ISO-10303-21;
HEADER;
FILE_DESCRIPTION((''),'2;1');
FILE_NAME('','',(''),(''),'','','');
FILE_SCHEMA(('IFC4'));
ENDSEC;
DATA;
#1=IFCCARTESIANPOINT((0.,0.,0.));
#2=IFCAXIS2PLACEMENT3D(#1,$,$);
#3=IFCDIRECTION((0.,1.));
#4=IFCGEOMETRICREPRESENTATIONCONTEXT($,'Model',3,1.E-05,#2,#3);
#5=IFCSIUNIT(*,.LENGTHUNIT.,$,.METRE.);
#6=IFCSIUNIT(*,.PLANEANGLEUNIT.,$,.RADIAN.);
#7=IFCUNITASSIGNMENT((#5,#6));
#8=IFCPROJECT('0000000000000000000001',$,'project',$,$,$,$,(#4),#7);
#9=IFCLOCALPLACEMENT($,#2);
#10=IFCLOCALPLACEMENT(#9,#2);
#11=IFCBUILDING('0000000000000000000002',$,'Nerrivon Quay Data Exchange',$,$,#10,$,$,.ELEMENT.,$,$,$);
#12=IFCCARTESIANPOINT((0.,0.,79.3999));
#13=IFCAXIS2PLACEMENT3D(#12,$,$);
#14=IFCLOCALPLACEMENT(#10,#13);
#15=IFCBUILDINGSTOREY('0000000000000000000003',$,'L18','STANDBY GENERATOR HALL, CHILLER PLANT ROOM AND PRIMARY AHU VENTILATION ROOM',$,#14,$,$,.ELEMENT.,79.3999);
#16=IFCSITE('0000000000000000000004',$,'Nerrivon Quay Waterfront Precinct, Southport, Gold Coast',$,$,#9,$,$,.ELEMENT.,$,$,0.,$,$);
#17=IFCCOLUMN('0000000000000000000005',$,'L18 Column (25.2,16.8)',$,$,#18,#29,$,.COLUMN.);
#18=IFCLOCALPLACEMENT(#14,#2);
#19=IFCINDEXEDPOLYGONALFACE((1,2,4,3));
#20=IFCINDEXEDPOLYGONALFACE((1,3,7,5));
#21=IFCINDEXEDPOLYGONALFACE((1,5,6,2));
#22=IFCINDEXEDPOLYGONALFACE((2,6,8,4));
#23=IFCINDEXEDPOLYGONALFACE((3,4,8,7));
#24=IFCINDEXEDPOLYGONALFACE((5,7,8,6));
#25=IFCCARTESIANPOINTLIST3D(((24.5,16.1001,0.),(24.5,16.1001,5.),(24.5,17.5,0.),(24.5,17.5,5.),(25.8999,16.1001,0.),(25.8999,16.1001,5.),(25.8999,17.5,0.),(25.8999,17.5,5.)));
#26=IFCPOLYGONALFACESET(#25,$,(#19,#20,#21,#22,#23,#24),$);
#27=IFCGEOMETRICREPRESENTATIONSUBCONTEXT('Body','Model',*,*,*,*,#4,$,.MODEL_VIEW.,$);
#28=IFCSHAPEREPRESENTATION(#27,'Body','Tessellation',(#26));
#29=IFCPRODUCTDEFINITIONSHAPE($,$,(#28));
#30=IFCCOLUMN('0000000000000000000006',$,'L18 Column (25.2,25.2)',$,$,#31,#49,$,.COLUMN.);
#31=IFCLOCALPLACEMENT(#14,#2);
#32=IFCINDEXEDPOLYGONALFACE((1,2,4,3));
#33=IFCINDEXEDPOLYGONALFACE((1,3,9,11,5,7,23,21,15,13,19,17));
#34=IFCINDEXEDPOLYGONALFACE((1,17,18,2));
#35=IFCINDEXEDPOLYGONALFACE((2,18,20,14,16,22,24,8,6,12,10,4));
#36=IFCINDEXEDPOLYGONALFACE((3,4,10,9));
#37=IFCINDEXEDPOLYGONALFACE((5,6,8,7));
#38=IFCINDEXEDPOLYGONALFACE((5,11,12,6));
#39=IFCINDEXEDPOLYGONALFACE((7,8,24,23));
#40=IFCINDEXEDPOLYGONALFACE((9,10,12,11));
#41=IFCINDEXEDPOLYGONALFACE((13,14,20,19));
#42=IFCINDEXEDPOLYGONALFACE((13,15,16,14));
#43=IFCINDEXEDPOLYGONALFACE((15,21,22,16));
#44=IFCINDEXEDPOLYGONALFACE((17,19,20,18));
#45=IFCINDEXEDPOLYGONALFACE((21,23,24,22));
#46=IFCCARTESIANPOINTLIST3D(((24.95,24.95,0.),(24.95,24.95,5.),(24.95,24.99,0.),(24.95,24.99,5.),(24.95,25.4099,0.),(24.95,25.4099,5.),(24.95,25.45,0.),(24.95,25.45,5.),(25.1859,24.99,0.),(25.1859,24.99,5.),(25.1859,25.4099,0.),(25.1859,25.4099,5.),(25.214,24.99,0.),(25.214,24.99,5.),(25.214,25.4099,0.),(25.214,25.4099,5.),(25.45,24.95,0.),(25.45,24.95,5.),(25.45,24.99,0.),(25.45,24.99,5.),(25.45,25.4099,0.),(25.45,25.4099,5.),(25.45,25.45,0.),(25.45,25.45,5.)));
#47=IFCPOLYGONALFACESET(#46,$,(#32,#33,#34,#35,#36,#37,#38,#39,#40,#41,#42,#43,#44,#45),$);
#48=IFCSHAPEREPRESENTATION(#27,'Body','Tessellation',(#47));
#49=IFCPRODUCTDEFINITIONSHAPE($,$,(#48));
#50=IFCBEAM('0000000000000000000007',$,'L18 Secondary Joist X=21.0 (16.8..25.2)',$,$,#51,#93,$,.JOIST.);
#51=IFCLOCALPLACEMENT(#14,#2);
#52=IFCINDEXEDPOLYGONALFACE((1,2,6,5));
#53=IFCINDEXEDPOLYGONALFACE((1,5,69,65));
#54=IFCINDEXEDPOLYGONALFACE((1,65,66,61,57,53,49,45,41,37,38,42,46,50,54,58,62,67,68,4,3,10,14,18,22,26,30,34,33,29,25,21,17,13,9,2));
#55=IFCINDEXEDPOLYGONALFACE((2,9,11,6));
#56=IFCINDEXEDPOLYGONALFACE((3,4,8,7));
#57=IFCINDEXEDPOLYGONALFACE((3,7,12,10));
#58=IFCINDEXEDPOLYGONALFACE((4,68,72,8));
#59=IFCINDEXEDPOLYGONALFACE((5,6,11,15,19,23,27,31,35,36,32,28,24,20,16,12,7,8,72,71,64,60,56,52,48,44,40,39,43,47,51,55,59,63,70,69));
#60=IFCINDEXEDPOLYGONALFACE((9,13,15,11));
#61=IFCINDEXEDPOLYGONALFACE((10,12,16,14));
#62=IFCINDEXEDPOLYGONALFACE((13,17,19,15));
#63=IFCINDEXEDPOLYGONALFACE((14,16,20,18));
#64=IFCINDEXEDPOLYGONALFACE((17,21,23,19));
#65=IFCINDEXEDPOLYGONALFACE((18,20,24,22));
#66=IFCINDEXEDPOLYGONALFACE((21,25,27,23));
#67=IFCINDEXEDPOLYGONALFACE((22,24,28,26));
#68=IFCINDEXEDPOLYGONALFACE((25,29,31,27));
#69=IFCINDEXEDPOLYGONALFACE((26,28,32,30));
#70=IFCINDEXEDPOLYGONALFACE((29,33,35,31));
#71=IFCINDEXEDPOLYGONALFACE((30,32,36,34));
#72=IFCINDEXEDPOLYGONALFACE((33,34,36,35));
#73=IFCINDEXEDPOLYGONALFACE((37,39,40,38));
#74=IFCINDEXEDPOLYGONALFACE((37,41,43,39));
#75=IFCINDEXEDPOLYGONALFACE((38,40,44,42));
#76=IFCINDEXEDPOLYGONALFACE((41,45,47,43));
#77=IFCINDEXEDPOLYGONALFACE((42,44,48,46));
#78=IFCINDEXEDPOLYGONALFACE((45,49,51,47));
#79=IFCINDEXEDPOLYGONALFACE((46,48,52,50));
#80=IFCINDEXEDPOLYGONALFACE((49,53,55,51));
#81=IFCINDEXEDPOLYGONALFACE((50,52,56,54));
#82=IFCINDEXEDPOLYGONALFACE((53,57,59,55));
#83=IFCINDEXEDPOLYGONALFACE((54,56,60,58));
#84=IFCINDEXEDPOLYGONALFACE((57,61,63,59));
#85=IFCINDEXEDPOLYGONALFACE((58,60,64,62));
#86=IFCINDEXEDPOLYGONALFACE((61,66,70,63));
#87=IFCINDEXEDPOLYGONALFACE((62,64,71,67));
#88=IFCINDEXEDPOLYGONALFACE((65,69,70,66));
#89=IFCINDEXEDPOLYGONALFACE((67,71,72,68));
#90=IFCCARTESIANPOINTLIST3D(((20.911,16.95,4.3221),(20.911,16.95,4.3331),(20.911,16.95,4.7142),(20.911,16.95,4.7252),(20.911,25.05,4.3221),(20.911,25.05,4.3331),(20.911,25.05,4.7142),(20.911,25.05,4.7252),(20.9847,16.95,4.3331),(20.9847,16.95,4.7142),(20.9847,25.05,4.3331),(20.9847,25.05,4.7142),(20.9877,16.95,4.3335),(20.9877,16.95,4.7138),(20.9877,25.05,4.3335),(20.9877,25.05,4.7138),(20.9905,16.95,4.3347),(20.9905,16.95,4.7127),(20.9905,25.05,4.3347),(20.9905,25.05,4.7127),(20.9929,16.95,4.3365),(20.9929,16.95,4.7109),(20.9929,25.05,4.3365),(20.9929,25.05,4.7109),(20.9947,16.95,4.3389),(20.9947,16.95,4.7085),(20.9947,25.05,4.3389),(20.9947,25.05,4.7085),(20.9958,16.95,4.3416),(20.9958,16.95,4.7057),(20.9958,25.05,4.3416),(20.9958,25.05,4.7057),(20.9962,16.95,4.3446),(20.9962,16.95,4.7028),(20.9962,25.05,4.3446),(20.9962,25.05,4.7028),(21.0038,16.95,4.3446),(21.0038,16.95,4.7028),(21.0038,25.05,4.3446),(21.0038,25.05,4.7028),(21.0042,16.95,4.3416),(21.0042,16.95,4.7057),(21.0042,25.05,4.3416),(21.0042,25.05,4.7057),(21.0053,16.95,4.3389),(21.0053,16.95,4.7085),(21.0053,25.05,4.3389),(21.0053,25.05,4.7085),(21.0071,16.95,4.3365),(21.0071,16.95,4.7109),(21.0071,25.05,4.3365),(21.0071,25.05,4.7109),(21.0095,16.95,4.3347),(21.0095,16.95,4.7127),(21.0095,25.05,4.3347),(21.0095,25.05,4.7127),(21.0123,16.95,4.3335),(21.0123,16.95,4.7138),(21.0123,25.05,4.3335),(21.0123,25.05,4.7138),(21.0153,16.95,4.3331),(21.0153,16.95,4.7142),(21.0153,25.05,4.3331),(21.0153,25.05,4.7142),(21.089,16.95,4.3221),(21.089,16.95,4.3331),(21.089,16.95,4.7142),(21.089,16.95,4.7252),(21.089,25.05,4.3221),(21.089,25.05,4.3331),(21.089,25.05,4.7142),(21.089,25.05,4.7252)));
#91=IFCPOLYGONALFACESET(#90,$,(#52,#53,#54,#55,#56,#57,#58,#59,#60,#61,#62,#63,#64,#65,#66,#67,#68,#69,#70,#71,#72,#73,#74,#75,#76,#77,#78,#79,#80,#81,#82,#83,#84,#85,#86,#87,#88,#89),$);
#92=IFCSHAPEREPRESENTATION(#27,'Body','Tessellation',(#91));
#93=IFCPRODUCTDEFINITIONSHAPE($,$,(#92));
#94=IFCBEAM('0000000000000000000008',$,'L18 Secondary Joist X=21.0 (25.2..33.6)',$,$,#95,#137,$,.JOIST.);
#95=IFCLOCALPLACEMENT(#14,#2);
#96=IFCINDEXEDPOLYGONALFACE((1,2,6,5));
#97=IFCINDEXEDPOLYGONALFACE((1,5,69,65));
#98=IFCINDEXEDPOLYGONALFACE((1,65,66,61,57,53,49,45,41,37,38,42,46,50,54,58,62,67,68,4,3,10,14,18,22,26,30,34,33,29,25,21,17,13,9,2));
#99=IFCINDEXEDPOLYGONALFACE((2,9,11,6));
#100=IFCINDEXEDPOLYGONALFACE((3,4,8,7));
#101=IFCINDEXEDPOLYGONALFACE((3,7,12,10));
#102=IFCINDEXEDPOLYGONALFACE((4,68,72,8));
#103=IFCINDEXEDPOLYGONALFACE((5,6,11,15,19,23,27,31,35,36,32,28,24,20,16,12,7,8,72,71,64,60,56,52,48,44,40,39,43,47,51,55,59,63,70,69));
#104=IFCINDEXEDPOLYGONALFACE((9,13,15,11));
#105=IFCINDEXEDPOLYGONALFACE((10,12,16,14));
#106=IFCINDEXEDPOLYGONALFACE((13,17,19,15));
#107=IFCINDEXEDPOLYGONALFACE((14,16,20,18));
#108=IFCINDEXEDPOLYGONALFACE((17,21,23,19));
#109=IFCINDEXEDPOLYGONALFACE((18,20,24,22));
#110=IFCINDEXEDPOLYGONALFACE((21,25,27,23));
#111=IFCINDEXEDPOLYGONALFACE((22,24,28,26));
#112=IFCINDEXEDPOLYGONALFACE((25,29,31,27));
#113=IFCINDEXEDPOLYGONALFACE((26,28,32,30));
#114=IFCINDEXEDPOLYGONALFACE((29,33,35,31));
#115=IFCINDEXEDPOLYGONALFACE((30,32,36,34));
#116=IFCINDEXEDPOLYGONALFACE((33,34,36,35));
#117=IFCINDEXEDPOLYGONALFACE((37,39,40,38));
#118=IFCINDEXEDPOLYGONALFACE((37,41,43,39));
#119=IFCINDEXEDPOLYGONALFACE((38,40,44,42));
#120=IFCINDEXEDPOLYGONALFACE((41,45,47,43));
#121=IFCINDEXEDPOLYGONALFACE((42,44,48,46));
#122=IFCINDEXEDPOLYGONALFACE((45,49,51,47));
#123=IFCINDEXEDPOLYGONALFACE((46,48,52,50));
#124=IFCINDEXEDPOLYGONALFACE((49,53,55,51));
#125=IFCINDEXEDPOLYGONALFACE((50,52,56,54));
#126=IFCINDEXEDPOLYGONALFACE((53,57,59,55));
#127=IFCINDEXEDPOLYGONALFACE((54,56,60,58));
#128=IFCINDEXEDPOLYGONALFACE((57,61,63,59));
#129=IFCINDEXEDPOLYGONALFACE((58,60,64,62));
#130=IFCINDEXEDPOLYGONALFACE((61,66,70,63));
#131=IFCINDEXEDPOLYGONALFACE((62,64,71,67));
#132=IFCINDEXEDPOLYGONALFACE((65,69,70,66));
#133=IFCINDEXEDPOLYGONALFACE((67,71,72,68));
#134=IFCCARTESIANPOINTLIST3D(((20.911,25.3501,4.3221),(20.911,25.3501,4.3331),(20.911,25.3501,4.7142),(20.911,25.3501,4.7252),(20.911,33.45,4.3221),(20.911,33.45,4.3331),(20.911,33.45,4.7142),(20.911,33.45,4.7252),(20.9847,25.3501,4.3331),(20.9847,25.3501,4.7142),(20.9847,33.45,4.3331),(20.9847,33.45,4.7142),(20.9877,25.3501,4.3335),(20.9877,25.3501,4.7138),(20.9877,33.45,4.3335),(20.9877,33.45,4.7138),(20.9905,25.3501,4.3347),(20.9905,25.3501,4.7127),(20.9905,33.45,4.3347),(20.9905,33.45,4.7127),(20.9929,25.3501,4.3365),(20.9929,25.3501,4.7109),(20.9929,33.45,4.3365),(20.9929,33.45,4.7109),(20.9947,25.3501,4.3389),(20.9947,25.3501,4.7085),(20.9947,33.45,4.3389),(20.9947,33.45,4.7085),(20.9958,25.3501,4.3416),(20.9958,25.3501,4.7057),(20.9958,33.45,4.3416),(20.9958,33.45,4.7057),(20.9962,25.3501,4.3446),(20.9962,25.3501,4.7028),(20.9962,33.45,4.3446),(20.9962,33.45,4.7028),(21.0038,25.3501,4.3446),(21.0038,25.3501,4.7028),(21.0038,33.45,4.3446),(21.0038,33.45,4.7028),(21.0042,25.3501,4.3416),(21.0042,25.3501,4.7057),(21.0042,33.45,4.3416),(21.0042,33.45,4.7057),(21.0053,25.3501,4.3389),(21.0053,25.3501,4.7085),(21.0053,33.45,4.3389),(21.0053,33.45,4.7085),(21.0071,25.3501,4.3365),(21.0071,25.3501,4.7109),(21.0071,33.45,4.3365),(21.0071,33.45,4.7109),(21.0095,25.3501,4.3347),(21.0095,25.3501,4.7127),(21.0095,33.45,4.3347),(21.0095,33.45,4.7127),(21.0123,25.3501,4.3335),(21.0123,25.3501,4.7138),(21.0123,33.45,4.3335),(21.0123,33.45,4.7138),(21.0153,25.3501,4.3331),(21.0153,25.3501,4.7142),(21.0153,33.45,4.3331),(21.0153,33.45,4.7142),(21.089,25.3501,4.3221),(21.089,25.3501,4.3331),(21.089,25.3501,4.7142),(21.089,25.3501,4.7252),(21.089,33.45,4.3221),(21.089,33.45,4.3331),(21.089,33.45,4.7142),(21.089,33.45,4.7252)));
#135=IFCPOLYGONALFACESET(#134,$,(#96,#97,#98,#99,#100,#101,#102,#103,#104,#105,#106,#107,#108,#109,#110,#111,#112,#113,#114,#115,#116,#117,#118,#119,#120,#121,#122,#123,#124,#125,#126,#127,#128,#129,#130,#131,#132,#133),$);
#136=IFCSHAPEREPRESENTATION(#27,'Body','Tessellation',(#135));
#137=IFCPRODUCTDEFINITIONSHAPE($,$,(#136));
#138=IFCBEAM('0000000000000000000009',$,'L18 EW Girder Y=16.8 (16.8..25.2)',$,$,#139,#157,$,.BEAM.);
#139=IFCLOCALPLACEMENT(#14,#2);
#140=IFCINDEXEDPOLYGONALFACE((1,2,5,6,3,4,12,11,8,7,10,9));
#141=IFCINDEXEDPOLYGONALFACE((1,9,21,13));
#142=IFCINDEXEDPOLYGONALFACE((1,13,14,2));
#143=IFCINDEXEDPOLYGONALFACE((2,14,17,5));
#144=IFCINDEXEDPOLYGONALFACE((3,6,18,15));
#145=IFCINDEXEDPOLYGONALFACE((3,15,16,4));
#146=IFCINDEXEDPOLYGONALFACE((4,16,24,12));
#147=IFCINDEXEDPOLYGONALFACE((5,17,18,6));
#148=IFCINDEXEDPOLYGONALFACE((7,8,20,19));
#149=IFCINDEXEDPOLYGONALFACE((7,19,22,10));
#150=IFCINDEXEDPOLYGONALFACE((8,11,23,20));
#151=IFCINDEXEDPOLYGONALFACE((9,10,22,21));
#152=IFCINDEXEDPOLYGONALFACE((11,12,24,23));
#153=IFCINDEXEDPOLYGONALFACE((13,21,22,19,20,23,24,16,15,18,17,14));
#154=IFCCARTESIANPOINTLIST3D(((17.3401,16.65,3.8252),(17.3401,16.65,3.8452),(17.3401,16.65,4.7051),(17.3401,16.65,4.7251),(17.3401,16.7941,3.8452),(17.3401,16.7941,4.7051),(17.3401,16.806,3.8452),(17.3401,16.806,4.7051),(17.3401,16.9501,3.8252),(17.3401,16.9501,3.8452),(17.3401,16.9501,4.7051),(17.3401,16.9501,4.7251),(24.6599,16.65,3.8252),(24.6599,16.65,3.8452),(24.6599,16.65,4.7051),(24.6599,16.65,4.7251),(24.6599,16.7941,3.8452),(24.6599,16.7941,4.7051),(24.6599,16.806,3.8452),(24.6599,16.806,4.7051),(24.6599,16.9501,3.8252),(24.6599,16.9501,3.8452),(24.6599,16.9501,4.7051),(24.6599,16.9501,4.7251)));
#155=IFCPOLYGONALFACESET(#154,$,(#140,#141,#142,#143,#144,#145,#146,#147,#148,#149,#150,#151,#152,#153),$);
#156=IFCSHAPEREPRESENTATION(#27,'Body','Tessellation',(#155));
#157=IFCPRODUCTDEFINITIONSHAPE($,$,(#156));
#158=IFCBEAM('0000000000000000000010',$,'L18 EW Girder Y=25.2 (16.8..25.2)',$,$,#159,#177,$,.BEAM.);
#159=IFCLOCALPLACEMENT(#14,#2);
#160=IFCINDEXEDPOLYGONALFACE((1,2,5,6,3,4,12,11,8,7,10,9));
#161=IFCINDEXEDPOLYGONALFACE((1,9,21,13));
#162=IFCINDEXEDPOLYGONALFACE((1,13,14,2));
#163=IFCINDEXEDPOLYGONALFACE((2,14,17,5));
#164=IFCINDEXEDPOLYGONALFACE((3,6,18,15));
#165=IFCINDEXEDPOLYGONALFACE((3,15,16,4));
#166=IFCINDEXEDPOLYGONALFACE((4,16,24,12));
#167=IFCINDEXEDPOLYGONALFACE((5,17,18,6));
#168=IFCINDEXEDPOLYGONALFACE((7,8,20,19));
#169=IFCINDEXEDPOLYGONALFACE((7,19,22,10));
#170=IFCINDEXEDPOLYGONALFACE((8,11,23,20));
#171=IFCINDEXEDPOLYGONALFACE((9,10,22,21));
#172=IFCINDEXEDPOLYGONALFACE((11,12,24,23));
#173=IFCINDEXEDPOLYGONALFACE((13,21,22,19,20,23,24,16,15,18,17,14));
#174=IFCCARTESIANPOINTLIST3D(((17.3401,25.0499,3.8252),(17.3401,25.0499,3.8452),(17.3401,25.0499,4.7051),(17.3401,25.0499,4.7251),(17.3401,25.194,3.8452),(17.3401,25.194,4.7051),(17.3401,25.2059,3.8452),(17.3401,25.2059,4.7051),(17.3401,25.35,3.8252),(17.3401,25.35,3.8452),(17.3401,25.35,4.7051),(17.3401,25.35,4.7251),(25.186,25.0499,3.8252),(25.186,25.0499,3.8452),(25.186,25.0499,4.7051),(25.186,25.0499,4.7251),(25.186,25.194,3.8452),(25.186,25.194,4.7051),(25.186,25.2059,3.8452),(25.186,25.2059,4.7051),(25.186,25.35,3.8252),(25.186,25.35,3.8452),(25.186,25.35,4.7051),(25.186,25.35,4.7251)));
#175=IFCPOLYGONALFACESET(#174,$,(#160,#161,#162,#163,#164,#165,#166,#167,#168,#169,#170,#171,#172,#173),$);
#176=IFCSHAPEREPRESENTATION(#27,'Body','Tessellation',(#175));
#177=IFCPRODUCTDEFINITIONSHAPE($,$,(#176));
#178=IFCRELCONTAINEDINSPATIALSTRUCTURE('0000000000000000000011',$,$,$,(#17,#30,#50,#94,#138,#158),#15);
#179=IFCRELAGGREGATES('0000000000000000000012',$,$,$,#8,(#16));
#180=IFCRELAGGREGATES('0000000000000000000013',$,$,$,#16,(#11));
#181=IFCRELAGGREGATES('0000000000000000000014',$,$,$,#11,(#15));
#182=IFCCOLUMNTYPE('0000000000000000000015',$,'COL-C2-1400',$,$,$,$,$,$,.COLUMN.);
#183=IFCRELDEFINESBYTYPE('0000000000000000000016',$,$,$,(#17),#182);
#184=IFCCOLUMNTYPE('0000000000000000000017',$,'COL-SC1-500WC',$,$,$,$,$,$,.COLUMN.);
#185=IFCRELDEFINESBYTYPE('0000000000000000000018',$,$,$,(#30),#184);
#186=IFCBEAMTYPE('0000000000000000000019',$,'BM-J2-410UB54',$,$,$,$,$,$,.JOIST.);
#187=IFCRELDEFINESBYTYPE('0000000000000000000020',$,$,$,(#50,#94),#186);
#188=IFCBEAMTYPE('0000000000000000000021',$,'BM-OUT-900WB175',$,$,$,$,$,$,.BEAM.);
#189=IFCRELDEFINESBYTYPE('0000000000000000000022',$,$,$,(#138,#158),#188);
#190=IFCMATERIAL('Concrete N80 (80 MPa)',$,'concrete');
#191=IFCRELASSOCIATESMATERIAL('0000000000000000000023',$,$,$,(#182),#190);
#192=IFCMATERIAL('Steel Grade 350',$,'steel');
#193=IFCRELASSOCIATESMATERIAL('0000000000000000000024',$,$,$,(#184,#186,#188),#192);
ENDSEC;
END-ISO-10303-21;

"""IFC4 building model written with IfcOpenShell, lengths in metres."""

from ifc_helpers import new_model, si_unit, direction, frame, origin, origin_2d, place, context, subcontext, project, spatial, rectangle, i_section, extrude, material, material_profile, profile_set, type_object, element, save


model = new_model("IFC4")

# Units and contexts
model_context = context("Model", 3, precision=1e-05, world=origin(), true_north=direction((0.0, 1.0)))
body_context = subcontext(model_context, "Body", "Model", "MODEL_VIEW")
ifc_project = project(units=[si_unit("LENGTHUNIT", "METRE"), si_unit("PLANEANGLEUNIT", "RADIAN")], contexts=[model_context])

# Site, building, storey
site_placement = place(None, origin())
site = spatial("IfcSite", under=ifc_project, at=site_placement, Name="Nerrivon Quay Waterfront Precinct, Southport, Gold Coast", CompositionType="ELEMENT", RefElevation=0.0)
building_placement = place(site_placement, origin())
building = spatial("IfcBuilding", under=site, at=building_placement, Name="Nerrivon Quay Data Exchange", CompositionType="ELEMENT")
storey_placement = place(building_placement, frame((0.0, 0.0, 79.3999)))
storey = spatial("IfcBuildingStorey", under=building, at=storey_placement, Name="L18", Description="STANDBY GENERATOR HALL, CHILLER PLANT ROOM AND PRIMARY AHU VENTILATION ROOM", CompositionType="ELEMENT", Elevation=79.3999)

# Columns
ifc_material_1 = material(Name="Concrete N80 (80 MPa)", Category="concrete")
ifc_material_profile_1 = material_profile(ifc_material_1, rectangle(XDim=1.3999, YDim=1.3999, at=origin_2d()), Name="RC-COL-1400x1400")
ifc_profile_set_1 = profile_set([ifc_material_profile_1], Name="Concrete N80 (80 MPa)")
column_type_1 = type_object("IfcColumnType", Name="COL-C2-1400", PredefinedType="COLUMN", material=ifc_profile_set_1)
column_1_placement = place(storey_placement, frame((25.2, 16.8, 0.0), z_axis=(0.0, 0.0, 1.0), x_axis=(1.0, 0.0, 0.0)))
element("IfcColumn", 1, at=column_1_placement, inside=storey, type_object=column_type_1, Name="L18 Column (25.2,16.8)", PredefinedType="COLUMN", context=body_context, shape_type="SweptSolid", body=[
    extrude(rectangle(XDim=1.3999, YDim=1.3999, at=origin_2d()), origin(), (0.0, 0.0, 1.0), 5.0),
])
ifc_material_2 = material(Name="Steel Grade 350", Category="steel")
ifc_material_profile_2 = material_profile(ifc_material_2, i_section(OverallWidth=0.5, OverallDepth=0.5, WebThickness=0.0281, FlangeThickness=0.04, at=origin_2d()), Name="500WC440")
ifc_profile_set_2 = profile_set([ifc_material_profile_2], Name="Steel Grade 350")
column_type_2 = type_object("IfcColumnType", Name="COL-SC1-500WC", PredefinedType="COLUMN", material=ifc_profile_set_2)
column_2_placement = place(storey_placement, frame((25.2, 25.2, 0.0), z_axis=(0.0, 0.0, 1.0), x_axis=(1.0, 0.0, 0.0)))
element("IfcColumn", 2, at=column_2_placement, inside=storey, type_object=column_type_2, Name="L18 Column (25.2,25.2)", PredefinedType="COLUMN", context=body_context, shape_type="SweptSolid", body=[
    extrude(i_section(OverallWidth=0.5, OverallDepth=0.5, WebThickness=0.0281, FlangeThickness=0.04, at=origin_2d()), origin(), (0.0, 0.0, 1.0), 5.0),
])

# Beams
ifc_material_profile_3 = material_profile(ifc_material_2, i_section(OverallWidth=0.178, OverallDepth=0.4031, WebThickness=0.0076, FlangeThickness=0.011, FilletRadius=0.0115, at=origin_2d()), Name="410UB53.7")
ifc_profile_set_3 = profile_set([ifc_material_profile_3], Name="Steel Grade 350")
beam_type_1 = type_object("IfcBeamType", Name="BM-J2-410UB54", PredefinedType="JOIST", material=ifc_profile_set_3)
beam_1_placement = place(storey_placement, frame((21.0, 16.95, 4.5237), z_axis=(0.0, 1.0, 0.0), x_axis=(-1.0, 0.0, 0.0)))
element("IfcBeam", 3, at=beam_1_placement, inside=storey, type_object=beam_type_1, Name="L18 Secondary Joist X=21.0 (16.8..25.2)", PredefinedType="JOIST", context=body_context, shape_type="SweptSolid", body=[
    extrude(i_section(OverallWidth=0.178, OverallDepth=0.4031, WebThickness=0.0076, FlangeThickness=0.011, FilletRadius=0.0115, at=origin_2d()), origin(), (0.0, 0.0, 1.0), 8.1001),
])
beam_2_placement = place(storey_placement, frame((21.0, 25.3501, 4.5237), z_axis=(0.0, 1.0, 0.0), x_axis=(-1.0, 0.0, 0.0)))
element("IfcBeam", 4, at=beam_2_placement, inside=storey, type_object=beam_type_1, Name="L18 Secondary Joist X=21.0 (25.2..33.6)", PredefinedType="JOIST", context=body_context, shape_type="SweptSolid", body=[
    extrude(i_section(OverallWidth=0.178, OverallDepth=0.4031, WebThickness=0.0076, FlangeThickness=0.011, FilletRadius=0.0115, at=origin_2d()), origin(), (0.0, 0.0, 1.0), 8.0999),
])
ifc_material_profile_4 = material_profile(ifc_material_2, i_section(OverallWidth=0.3, OverallDepth=0.8999, WebThickness=0.012, FlangeThickness=0.02, at=origin_2d()), Name="900WB175")
ifc_profile_set_4 = profile_set([ifc_material_profile_4], Name="Steel Grade 350")
beam_type_2 = type_object("IfcBeamType", Name="BM-OUT-900WB175", PredefinedType="BEAM", material=ifc_profile_set_4)
beam_3_placement = place(storey_placement, frame((17.3401, 16.8, 4.2751), z_axis=(1.0, 0.0, 0.0), x_axis=(0.0, 1.0, 0.0)))
element("IfcBeam", 5, at=beam_3_placement, inside=storey, type_object=beam_type_2, Name="L18 EW Girder Y=16.8 (16.8..25.2)", PredefinedType="BEAM", context=body_context, shape_type="SweptSolid", body=[
    extrude(i_section(OverallWidth=0.3, OverallDepth=0.8999, WebThickness=0.012, FlangeThickness=0.02, at=origin_2d()), origin(), (0.0, 0.0, 1.0), 7.3198),
])
beam_4_placement = place(storey_placement, frame((17.3401, 25.2, 4.2751), z_axis=(1.0, 0.0, 0.0), x_axis=(0.0, 1.0, 0.0)))
element("IfcBeam", 6, at=beam_4_placement, inside=storey, type_object=beam_type_2, Name="L18 EW Girder Y=25.2 (16.8..25.2)", PredefinedType="BEAM", context=body_context, shape_type="SweptSolid", body=[
    extrude(i_section(OverallWidth=0.3, OverallDepth=0.8999, WebThickness=0.012, FlangeThickness=0.02, at=origin_2d()), origin(), (0.0, 0.0, 1.0), 7.8459),
])

save(model, "model.ifc")
